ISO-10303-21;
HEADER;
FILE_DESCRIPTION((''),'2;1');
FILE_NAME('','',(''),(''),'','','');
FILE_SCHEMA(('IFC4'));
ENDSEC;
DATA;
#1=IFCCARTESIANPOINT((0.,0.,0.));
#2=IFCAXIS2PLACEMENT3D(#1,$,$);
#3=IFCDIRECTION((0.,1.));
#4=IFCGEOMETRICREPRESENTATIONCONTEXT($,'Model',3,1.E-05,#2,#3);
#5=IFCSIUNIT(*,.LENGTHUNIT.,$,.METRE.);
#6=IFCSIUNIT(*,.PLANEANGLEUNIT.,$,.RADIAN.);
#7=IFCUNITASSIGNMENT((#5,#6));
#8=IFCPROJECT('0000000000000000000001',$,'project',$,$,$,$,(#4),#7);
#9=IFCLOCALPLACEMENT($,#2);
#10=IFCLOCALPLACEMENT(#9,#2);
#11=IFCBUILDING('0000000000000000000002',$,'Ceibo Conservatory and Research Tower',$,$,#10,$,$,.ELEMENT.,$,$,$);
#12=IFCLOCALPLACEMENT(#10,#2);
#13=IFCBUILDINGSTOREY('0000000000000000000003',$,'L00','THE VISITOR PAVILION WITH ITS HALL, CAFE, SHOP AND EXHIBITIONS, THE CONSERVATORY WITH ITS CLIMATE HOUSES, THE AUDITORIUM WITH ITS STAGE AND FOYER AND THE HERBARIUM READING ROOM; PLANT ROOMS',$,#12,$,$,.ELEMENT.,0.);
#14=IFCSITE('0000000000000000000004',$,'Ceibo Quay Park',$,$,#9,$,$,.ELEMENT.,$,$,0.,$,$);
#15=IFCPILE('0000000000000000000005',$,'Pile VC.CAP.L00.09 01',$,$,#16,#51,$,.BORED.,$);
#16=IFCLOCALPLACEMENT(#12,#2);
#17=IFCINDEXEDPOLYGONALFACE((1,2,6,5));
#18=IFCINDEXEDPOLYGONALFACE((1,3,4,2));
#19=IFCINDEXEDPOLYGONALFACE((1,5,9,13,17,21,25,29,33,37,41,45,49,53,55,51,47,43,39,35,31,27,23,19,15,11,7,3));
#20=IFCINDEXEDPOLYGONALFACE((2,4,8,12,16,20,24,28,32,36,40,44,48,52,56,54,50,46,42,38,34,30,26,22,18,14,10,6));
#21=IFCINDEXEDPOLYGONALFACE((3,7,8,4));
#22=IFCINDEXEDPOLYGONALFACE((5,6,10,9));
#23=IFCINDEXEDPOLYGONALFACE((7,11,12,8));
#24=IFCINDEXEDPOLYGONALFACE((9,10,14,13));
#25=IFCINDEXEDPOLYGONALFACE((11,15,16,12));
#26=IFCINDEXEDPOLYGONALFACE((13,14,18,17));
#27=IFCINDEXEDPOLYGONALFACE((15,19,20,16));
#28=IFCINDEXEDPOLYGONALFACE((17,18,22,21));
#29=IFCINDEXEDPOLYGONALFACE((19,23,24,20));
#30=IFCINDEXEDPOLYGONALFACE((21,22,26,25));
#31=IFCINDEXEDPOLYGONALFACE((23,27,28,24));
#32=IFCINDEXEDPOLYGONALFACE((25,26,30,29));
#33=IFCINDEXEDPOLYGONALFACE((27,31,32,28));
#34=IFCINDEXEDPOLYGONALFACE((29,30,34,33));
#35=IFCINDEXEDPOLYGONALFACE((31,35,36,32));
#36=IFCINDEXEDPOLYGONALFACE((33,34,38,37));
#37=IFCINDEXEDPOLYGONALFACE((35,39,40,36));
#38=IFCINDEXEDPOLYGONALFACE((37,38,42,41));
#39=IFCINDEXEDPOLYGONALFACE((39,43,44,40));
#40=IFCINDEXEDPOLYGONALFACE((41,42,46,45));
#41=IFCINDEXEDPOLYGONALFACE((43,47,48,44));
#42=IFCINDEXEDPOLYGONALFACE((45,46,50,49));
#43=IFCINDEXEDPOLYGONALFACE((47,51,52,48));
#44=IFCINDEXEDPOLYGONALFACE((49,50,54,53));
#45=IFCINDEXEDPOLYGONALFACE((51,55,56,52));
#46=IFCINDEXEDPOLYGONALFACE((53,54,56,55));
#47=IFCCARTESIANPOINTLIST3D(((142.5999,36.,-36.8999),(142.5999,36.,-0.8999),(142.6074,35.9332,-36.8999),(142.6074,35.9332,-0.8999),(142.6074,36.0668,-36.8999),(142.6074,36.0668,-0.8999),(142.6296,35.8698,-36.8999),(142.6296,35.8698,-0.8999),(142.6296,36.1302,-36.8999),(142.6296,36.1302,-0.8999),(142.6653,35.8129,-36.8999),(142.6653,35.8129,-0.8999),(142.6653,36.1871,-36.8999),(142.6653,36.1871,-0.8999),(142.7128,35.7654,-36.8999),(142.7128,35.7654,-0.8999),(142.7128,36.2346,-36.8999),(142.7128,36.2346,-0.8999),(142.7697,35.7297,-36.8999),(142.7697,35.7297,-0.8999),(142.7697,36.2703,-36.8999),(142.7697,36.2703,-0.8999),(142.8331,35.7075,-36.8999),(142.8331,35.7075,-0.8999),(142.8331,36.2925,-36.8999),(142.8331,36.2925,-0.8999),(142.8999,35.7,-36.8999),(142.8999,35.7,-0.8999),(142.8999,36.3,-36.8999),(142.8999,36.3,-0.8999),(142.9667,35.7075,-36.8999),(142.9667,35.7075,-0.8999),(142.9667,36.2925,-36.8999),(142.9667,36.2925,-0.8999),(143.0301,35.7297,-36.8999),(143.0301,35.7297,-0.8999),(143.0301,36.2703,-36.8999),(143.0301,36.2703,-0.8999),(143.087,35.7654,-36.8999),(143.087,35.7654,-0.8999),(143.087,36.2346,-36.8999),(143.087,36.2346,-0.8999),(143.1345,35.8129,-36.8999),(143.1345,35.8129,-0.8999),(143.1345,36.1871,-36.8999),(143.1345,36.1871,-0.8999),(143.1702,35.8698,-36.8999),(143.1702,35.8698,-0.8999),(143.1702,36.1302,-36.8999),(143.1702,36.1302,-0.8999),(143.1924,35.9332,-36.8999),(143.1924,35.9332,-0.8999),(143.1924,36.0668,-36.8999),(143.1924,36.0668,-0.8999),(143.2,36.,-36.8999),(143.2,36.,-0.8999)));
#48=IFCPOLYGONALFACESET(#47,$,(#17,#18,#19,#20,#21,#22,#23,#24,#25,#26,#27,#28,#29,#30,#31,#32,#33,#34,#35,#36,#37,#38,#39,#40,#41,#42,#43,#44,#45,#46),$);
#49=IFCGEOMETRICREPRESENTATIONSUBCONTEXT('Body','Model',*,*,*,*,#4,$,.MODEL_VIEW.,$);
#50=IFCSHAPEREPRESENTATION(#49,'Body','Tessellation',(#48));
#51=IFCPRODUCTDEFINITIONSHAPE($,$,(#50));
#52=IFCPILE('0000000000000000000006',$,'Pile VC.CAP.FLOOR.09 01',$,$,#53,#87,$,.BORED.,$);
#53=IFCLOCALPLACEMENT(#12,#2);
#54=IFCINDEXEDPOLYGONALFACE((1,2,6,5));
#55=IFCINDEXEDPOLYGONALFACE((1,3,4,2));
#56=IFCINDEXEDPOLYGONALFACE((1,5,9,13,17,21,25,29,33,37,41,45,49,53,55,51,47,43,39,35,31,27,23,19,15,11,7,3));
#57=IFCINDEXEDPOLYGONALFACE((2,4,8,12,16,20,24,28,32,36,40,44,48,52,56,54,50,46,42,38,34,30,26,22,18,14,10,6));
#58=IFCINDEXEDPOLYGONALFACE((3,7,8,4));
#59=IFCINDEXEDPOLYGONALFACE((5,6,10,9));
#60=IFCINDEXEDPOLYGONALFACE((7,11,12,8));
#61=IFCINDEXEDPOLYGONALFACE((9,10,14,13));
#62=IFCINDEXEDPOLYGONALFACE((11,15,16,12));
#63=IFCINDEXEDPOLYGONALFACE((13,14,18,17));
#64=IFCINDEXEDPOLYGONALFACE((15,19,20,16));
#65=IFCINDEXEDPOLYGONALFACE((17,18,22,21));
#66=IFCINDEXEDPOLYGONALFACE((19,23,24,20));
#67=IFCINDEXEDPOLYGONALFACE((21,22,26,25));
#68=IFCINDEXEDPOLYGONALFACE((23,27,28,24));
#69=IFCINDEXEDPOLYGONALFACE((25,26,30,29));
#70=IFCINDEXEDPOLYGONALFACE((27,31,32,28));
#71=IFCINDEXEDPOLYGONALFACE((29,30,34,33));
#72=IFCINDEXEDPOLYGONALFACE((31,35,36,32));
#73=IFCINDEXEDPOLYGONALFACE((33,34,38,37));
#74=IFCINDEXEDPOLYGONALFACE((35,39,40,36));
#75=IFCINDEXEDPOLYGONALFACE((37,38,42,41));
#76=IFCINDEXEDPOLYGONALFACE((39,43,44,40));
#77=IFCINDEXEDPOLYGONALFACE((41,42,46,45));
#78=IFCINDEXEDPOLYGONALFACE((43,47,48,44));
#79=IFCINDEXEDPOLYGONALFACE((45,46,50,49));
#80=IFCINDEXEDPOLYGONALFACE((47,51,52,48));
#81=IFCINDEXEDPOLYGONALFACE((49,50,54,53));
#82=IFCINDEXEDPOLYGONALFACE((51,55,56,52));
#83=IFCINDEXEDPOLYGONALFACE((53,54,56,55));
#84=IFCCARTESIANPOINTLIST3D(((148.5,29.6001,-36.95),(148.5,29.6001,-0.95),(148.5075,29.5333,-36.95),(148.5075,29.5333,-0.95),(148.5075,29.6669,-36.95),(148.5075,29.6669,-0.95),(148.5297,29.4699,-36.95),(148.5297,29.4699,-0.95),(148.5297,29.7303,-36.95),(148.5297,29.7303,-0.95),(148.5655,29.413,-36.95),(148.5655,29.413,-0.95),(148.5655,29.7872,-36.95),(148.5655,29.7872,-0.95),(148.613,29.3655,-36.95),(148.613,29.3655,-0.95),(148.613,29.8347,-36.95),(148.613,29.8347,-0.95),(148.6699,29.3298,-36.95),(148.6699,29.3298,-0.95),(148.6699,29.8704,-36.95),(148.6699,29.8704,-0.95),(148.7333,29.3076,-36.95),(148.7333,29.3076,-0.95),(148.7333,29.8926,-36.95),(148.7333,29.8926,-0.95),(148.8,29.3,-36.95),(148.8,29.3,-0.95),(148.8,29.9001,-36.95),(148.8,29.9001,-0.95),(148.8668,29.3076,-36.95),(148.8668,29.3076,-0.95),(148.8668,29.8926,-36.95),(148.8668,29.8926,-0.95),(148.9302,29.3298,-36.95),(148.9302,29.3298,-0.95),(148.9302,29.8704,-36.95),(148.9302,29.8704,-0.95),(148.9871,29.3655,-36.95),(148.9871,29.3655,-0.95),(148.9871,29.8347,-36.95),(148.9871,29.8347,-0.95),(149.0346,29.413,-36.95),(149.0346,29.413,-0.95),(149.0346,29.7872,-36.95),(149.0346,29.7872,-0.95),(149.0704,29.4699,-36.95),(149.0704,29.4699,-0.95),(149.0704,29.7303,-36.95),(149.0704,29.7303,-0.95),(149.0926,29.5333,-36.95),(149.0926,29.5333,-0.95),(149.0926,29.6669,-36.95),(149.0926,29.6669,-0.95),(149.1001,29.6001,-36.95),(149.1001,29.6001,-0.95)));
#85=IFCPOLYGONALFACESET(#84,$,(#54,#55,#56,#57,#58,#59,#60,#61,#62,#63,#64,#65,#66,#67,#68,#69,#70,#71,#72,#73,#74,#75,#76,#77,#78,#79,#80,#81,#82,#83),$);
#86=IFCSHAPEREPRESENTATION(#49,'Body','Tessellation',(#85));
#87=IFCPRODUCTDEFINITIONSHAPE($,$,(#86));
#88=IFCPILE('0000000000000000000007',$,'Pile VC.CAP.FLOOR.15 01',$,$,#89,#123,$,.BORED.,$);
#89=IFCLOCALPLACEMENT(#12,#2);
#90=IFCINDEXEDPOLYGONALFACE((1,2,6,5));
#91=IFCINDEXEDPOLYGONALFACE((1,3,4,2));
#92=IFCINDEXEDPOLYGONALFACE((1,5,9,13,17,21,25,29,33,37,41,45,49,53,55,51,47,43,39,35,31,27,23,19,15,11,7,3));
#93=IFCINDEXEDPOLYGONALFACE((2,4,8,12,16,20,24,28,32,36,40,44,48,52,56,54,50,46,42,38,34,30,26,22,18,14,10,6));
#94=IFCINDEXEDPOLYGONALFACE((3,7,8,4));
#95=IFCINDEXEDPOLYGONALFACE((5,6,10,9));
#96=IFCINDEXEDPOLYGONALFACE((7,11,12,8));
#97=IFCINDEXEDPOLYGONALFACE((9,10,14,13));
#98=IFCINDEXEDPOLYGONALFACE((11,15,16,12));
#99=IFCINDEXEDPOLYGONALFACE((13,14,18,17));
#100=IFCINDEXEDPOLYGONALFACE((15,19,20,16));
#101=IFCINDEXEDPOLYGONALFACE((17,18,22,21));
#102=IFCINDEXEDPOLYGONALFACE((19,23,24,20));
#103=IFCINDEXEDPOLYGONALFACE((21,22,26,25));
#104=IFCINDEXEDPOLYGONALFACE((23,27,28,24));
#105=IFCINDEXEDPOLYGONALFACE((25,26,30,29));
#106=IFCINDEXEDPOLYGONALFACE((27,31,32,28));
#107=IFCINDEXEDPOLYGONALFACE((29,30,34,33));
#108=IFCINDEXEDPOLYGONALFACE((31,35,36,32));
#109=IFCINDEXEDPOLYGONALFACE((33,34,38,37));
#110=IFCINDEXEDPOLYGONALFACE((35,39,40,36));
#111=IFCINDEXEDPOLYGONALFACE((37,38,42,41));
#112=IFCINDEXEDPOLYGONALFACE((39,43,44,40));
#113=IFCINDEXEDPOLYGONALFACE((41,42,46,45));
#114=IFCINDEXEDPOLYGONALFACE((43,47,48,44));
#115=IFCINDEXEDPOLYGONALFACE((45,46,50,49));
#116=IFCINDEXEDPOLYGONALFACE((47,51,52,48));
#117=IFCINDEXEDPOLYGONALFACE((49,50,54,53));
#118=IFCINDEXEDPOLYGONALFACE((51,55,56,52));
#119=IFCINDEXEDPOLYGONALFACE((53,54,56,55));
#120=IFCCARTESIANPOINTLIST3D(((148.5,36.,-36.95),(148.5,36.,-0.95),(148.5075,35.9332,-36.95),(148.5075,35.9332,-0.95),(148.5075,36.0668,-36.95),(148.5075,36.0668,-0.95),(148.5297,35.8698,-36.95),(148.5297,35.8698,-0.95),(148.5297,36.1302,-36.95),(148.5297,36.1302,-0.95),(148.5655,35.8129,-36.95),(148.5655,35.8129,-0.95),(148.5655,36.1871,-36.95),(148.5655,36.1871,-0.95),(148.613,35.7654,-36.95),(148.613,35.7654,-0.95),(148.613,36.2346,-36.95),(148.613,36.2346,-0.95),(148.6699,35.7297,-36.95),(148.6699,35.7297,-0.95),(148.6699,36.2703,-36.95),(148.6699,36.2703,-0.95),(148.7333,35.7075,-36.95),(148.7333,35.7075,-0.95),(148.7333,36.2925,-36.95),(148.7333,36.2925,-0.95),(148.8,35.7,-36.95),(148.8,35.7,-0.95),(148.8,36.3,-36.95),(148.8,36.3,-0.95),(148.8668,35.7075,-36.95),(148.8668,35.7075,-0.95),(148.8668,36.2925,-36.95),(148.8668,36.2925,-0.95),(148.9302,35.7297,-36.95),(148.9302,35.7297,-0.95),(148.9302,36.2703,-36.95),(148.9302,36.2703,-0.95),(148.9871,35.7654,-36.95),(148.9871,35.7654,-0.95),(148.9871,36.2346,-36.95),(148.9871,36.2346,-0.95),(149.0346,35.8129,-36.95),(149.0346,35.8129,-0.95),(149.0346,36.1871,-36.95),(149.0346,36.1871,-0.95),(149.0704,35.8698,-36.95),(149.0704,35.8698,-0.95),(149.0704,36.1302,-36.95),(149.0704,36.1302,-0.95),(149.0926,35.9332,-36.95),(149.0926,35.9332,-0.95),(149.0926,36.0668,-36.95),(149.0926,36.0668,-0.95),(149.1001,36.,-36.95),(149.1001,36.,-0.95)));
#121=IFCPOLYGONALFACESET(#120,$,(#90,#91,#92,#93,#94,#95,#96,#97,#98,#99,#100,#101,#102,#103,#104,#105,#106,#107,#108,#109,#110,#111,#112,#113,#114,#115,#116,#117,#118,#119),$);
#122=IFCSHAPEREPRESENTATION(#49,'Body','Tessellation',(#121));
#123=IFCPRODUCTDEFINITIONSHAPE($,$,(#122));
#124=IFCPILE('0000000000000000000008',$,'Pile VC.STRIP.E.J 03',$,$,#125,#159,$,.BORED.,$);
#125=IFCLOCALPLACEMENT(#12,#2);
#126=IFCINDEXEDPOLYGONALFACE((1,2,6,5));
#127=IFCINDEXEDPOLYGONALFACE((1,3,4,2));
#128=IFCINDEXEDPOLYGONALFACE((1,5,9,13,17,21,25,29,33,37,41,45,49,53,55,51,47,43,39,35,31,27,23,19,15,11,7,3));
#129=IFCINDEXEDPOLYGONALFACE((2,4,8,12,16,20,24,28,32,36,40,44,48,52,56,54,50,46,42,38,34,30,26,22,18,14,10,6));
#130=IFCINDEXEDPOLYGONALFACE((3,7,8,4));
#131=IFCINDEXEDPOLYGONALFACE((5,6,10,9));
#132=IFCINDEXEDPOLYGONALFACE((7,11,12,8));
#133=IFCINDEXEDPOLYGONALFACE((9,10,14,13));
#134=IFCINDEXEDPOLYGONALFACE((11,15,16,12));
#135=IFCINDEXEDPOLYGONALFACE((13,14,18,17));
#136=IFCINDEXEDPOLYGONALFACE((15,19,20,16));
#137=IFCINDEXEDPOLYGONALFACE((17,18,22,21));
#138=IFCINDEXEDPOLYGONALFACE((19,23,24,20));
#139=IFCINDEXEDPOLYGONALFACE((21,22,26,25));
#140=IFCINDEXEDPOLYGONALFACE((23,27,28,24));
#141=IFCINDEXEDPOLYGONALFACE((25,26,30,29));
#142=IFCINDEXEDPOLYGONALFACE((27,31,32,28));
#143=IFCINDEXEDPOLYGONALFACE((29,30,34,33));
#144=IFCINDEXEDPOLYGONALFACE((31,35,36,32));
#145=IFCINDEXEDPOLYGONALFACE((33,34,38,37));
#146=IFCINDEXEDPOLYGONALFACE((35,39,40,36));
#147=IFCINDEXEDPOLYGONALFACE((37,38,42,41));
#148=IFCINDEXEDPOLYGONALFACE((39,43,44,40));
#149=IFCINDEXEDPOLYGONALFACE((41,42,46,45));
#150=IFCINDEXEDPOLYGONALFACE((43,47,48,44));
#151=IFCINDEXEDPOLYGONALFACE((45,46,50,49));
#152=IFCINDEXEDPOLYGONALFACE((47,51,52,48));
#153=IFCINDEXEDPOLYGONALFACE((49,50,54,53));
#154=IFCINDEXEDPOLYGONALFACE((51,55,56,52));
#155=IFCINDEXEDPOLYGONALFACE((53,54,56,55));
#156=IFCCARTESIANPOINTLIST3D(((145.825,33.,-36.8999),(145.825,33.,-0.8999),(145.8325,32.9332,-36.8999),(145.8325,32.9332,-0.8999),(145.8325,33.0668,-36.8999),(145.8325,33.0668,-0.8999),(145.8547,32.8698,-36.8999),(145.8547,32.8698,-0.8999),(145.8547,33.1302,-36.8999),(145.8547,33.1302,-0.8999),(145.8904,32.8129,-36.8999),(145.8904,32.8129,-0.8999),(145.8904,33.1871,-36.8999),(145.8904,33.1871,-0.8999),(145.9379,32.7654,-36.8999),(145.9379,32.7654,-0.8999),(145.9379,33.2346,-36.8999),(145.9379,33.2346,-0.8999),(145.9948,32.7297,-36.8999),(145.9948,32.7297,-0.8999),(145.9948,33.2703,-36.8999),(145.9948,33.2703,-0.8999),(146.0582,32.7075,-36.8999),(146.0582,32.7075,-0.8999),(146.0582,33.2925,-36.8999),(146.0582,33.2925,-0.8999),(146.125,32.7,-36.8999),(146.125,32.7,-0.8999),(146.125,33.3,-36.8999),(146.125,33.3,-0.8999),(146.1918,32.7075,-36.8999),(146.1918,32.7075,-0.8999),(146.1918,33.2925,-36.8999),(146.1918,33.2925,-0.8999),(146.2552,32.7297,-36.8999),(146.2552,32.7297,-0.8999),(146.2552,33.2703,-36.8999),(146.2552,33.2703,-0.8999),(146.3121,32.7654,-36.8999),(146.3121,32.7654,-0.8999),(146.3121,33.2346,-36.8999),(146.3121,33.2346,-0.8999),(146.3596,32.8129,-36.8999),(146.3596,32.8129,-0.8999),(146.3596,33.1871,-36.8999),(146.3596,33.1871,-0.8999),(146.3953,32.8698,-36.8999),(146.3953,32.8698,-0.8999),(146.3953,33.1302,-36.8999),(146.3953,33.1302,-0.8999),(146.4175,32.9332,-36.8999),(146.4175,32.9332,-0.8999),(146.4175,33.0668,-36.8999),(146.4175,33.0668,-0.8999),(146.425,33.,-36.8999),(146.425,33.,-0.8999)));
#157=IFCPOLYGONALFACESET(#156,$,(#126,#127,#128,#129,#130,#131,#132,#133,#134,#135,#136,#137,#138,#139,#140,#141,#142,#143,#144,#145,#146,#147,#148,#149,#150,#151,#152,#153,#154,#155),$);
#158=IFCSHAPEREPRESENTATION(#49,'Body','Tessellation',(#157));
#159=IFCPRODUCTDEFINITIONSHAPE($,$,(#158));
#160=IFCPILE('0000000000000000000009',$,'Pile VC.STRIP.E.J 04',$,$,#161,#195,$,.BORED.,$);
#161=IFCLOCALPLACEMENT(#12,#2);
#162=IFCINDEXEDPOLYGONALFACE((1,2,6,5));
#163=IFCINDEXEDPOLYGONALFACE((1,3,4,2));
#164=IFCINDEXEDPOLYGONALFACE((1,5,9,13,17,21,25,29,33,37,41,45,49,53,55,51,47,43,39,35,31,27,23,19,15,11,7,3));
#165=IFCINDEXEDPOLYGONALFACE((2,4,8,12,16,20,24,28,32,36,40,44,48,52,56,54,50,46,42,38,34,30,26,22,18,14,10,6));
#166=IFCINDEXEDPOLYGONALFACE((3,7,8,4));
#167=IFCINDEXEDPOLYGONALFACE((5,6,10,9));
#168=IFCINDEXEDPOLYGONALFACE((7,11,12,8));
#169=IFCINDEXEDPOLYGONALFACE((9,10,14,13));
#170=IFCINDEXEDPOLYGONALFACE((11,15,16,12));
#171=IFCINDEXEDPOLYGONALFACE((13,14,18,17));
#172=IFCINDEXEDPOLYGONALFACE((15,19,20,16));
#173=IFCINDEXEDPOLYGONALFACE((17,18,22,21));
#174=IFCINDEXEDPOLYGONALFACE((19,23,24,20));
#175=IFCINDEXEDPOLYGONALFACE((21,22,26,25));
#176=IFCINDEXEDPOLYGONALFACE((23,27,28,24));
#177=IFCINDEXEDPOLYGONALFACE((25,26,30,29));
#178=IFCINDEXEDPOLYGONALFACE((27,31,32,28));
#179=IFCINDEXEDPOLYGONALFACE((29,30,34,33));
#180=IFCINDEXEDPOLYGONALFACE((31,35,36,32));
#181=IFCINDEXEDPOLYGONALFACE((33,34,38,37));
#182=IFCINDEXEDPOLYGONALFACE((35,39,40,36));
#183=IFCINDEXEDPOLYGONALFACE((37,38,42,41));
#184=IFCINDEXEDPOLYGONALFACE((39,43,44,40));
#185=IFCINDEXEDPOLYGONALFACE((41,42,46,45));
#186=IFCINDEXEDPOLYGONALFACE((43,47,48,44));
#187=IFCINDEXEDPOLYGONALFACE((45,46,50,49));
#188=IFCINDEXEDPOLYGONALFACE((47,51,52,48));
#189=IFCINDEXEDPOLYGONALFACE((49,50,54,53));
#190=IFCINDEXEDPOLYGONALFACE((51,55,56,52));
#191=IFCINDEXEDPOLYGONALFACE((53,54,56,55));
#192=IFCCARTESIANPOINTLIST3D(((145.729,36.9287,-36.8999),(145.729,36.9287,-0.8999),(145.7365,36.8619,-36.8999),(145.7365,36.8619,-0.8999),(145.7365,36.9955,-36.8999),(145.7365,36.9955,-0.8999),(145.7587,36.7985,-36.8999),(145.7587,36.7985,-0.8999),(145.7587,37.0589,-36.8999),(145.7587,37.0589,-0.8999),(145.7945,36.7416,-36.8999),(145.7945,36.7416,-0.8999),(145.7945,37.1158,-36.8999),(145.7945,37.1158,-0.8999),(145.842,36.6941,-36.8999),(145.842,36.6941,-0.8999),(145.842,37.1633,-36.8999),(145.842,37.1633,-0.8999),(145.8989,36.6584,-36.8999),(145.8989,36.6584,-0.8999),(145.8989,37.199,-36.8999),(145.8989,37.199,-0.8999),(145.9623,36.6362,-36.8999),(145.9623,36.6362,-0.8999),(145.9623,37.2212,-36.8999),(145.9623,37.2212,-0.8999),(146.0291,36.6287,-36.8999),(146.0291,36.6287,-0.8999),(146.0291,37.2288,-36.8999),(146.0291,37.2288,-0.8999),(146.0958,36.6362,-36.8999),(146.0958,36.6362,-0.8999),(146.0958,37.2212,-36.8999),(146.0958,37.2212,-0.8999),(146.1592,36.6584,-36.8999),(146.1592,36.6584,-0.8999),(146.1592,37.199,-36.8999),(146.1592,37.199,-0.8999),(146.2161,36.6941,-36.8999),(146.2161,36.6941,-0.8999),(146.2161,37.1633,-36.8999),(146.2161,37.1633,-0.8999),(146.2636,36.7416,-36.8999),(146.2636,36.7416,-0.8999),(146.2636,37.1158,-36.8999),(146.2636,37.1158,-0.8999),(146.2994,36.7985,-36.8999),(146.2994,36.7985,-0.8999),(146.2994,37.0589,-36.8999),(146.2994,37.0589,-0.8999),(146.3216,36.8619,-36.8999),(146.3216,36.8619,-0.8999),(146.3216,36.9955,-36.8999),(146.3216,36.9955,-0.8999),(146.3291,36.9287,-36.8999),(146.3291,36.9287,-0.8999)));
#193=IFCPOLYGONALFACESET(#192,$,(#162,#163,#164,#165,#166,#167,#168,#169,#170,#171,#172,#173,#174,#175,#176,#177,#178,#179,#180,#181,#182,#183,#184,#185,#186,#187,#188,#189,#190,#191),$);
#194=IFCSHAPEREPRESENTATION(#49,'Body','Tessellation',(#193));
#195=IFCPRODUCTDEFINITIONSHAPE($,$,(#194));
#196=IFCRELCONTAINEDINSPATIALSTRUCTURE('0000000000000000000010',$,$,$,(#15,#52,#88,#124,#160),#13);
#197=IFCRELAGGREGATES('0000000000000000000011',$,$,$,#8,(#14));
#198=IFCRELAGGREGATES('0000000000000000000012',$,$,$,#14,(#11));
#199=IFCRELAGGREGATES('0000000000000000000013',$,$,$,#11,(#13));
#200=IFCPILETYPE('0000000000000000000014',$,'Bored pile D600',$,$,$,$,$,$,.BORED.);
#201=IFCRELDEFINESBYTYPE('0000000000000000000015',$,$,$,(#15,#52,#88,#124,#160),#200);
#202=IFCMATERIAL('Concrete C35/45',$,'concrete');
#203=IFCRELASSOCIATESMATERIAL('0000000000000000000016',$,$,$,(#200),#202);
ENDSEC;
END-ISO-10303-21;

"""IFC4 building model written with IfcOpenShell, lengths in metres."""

from ifc_helpers import new_model, si_unit, direction, frame, origin, origin_2d, place, context, subcontext, project, spatial, circle, extrude, material, material_profile, profile_set, type_object, element, save


model = new_model("IFC4")

# Units and contexts
model_context = context("Model", 3, precision=1e-05, world=origin(), true_north=direction((0.0, 1.0)))
body_context = subcontext(model_context, "Body", "Model", "MODEL_VIEW")
ifc_project = project(units=[si_unit("LENGTHUNIT", "METRE"), si_unit("PLANEANGLEUNIT", "RADIAN")], contexts=[model_context])

# Site, building, storey
site_placement = place(None, origin())
site = spatial("IfcSite", under=ifc_project, at=site_placement, Name="Ceibo Quay Park", CompositionType="ELEMENT", RefElevation=0.0)
building_placement = place(site_placement, origin())
building = spatial("IfcBuilding", under=site, at=building_placement, Name="Ceibo Conservatory and Research Tower", CompositionType="ELEMENT")
storey_placement = place(building_placement, origin())
storey = spatial("IfcBuildingStorey", under=building, at=storey_placement, Name="L00", Description="THE VISITOR PAVILION WITH ITS HALL, CAFE, SHOP AND EXHIBITIONS, THE CONSERVATORY WITH ITS CLIMATE HOUSES, THE AUDITORIUM WITH ITS STAGE AND FOYER AND THE HERBARIUM READING ROOM; PLANT ROOMS", CompositionType="ELEMENT", Elevation=0.0)

# Piles
ifc_material_1 = material(Name="Concrete C35/45", Category="concrete")
ifc_material_profile_1 = material_profile(ifc_material_1, circle(Radius=0.3, at=origin_2d()), Name="RC D600")
ifc_profile_set_1 = profile_set([ifc_material_profile_1], Name="Concrete C35/45")
pile_type = type_object("IfcPileType", Name="Bored pile D600", PredefinedType="BORED", material=ifc_profile_set_1)
for number, where, z_axis, x_axis, name in (
    (1, (142.8999, 36.0, -0.8999), (0.0, 0.0, -1.0), (1.0, 0.0, 0.0), "Pile VC.CAP.L00.09 01"),
    (2, (148.8, 29.6001, -0.95), (0.0, 0.0, -1.0), (1.0, 0.0, 0.0), "Pile VC.CAP.FLOOR.09 01"),
    (3, (148.8, 36.0, -0.95), (0.0, 0.0, -1.0), (1.0, 0.0, 0.0), "Pile VC.CAP.FLOOR.15 01"),
    (4, (146.125, 33.0, -0.8999), (0.0, 0.0, -1.0), (1.0, 0.0, 0.0), "Pile VC.STRIP.E.J 03"),
    (5, (146.0291, 36.9287, -0.8999), (0.0, 0.0, -1.0), (1.0, 0.0, 0.0), "Pile VC.STRIP.E.J 04"),
):
    element("IfcPile", number, at=place(storey_placement, frame(where, z_axis=z_axis, x_axis=x_axis)), inside=storey, type_object=pile_type, Name=name, PredefinedType="BORED", context=body_context, shape_type="SweptSolid", body=[
        extrude(circle(Radius=0.3, at=origin_2d()), origin(), (0.0, 0.0, 1.0), 36.0),
    ])

save(model, "model.ifc")
